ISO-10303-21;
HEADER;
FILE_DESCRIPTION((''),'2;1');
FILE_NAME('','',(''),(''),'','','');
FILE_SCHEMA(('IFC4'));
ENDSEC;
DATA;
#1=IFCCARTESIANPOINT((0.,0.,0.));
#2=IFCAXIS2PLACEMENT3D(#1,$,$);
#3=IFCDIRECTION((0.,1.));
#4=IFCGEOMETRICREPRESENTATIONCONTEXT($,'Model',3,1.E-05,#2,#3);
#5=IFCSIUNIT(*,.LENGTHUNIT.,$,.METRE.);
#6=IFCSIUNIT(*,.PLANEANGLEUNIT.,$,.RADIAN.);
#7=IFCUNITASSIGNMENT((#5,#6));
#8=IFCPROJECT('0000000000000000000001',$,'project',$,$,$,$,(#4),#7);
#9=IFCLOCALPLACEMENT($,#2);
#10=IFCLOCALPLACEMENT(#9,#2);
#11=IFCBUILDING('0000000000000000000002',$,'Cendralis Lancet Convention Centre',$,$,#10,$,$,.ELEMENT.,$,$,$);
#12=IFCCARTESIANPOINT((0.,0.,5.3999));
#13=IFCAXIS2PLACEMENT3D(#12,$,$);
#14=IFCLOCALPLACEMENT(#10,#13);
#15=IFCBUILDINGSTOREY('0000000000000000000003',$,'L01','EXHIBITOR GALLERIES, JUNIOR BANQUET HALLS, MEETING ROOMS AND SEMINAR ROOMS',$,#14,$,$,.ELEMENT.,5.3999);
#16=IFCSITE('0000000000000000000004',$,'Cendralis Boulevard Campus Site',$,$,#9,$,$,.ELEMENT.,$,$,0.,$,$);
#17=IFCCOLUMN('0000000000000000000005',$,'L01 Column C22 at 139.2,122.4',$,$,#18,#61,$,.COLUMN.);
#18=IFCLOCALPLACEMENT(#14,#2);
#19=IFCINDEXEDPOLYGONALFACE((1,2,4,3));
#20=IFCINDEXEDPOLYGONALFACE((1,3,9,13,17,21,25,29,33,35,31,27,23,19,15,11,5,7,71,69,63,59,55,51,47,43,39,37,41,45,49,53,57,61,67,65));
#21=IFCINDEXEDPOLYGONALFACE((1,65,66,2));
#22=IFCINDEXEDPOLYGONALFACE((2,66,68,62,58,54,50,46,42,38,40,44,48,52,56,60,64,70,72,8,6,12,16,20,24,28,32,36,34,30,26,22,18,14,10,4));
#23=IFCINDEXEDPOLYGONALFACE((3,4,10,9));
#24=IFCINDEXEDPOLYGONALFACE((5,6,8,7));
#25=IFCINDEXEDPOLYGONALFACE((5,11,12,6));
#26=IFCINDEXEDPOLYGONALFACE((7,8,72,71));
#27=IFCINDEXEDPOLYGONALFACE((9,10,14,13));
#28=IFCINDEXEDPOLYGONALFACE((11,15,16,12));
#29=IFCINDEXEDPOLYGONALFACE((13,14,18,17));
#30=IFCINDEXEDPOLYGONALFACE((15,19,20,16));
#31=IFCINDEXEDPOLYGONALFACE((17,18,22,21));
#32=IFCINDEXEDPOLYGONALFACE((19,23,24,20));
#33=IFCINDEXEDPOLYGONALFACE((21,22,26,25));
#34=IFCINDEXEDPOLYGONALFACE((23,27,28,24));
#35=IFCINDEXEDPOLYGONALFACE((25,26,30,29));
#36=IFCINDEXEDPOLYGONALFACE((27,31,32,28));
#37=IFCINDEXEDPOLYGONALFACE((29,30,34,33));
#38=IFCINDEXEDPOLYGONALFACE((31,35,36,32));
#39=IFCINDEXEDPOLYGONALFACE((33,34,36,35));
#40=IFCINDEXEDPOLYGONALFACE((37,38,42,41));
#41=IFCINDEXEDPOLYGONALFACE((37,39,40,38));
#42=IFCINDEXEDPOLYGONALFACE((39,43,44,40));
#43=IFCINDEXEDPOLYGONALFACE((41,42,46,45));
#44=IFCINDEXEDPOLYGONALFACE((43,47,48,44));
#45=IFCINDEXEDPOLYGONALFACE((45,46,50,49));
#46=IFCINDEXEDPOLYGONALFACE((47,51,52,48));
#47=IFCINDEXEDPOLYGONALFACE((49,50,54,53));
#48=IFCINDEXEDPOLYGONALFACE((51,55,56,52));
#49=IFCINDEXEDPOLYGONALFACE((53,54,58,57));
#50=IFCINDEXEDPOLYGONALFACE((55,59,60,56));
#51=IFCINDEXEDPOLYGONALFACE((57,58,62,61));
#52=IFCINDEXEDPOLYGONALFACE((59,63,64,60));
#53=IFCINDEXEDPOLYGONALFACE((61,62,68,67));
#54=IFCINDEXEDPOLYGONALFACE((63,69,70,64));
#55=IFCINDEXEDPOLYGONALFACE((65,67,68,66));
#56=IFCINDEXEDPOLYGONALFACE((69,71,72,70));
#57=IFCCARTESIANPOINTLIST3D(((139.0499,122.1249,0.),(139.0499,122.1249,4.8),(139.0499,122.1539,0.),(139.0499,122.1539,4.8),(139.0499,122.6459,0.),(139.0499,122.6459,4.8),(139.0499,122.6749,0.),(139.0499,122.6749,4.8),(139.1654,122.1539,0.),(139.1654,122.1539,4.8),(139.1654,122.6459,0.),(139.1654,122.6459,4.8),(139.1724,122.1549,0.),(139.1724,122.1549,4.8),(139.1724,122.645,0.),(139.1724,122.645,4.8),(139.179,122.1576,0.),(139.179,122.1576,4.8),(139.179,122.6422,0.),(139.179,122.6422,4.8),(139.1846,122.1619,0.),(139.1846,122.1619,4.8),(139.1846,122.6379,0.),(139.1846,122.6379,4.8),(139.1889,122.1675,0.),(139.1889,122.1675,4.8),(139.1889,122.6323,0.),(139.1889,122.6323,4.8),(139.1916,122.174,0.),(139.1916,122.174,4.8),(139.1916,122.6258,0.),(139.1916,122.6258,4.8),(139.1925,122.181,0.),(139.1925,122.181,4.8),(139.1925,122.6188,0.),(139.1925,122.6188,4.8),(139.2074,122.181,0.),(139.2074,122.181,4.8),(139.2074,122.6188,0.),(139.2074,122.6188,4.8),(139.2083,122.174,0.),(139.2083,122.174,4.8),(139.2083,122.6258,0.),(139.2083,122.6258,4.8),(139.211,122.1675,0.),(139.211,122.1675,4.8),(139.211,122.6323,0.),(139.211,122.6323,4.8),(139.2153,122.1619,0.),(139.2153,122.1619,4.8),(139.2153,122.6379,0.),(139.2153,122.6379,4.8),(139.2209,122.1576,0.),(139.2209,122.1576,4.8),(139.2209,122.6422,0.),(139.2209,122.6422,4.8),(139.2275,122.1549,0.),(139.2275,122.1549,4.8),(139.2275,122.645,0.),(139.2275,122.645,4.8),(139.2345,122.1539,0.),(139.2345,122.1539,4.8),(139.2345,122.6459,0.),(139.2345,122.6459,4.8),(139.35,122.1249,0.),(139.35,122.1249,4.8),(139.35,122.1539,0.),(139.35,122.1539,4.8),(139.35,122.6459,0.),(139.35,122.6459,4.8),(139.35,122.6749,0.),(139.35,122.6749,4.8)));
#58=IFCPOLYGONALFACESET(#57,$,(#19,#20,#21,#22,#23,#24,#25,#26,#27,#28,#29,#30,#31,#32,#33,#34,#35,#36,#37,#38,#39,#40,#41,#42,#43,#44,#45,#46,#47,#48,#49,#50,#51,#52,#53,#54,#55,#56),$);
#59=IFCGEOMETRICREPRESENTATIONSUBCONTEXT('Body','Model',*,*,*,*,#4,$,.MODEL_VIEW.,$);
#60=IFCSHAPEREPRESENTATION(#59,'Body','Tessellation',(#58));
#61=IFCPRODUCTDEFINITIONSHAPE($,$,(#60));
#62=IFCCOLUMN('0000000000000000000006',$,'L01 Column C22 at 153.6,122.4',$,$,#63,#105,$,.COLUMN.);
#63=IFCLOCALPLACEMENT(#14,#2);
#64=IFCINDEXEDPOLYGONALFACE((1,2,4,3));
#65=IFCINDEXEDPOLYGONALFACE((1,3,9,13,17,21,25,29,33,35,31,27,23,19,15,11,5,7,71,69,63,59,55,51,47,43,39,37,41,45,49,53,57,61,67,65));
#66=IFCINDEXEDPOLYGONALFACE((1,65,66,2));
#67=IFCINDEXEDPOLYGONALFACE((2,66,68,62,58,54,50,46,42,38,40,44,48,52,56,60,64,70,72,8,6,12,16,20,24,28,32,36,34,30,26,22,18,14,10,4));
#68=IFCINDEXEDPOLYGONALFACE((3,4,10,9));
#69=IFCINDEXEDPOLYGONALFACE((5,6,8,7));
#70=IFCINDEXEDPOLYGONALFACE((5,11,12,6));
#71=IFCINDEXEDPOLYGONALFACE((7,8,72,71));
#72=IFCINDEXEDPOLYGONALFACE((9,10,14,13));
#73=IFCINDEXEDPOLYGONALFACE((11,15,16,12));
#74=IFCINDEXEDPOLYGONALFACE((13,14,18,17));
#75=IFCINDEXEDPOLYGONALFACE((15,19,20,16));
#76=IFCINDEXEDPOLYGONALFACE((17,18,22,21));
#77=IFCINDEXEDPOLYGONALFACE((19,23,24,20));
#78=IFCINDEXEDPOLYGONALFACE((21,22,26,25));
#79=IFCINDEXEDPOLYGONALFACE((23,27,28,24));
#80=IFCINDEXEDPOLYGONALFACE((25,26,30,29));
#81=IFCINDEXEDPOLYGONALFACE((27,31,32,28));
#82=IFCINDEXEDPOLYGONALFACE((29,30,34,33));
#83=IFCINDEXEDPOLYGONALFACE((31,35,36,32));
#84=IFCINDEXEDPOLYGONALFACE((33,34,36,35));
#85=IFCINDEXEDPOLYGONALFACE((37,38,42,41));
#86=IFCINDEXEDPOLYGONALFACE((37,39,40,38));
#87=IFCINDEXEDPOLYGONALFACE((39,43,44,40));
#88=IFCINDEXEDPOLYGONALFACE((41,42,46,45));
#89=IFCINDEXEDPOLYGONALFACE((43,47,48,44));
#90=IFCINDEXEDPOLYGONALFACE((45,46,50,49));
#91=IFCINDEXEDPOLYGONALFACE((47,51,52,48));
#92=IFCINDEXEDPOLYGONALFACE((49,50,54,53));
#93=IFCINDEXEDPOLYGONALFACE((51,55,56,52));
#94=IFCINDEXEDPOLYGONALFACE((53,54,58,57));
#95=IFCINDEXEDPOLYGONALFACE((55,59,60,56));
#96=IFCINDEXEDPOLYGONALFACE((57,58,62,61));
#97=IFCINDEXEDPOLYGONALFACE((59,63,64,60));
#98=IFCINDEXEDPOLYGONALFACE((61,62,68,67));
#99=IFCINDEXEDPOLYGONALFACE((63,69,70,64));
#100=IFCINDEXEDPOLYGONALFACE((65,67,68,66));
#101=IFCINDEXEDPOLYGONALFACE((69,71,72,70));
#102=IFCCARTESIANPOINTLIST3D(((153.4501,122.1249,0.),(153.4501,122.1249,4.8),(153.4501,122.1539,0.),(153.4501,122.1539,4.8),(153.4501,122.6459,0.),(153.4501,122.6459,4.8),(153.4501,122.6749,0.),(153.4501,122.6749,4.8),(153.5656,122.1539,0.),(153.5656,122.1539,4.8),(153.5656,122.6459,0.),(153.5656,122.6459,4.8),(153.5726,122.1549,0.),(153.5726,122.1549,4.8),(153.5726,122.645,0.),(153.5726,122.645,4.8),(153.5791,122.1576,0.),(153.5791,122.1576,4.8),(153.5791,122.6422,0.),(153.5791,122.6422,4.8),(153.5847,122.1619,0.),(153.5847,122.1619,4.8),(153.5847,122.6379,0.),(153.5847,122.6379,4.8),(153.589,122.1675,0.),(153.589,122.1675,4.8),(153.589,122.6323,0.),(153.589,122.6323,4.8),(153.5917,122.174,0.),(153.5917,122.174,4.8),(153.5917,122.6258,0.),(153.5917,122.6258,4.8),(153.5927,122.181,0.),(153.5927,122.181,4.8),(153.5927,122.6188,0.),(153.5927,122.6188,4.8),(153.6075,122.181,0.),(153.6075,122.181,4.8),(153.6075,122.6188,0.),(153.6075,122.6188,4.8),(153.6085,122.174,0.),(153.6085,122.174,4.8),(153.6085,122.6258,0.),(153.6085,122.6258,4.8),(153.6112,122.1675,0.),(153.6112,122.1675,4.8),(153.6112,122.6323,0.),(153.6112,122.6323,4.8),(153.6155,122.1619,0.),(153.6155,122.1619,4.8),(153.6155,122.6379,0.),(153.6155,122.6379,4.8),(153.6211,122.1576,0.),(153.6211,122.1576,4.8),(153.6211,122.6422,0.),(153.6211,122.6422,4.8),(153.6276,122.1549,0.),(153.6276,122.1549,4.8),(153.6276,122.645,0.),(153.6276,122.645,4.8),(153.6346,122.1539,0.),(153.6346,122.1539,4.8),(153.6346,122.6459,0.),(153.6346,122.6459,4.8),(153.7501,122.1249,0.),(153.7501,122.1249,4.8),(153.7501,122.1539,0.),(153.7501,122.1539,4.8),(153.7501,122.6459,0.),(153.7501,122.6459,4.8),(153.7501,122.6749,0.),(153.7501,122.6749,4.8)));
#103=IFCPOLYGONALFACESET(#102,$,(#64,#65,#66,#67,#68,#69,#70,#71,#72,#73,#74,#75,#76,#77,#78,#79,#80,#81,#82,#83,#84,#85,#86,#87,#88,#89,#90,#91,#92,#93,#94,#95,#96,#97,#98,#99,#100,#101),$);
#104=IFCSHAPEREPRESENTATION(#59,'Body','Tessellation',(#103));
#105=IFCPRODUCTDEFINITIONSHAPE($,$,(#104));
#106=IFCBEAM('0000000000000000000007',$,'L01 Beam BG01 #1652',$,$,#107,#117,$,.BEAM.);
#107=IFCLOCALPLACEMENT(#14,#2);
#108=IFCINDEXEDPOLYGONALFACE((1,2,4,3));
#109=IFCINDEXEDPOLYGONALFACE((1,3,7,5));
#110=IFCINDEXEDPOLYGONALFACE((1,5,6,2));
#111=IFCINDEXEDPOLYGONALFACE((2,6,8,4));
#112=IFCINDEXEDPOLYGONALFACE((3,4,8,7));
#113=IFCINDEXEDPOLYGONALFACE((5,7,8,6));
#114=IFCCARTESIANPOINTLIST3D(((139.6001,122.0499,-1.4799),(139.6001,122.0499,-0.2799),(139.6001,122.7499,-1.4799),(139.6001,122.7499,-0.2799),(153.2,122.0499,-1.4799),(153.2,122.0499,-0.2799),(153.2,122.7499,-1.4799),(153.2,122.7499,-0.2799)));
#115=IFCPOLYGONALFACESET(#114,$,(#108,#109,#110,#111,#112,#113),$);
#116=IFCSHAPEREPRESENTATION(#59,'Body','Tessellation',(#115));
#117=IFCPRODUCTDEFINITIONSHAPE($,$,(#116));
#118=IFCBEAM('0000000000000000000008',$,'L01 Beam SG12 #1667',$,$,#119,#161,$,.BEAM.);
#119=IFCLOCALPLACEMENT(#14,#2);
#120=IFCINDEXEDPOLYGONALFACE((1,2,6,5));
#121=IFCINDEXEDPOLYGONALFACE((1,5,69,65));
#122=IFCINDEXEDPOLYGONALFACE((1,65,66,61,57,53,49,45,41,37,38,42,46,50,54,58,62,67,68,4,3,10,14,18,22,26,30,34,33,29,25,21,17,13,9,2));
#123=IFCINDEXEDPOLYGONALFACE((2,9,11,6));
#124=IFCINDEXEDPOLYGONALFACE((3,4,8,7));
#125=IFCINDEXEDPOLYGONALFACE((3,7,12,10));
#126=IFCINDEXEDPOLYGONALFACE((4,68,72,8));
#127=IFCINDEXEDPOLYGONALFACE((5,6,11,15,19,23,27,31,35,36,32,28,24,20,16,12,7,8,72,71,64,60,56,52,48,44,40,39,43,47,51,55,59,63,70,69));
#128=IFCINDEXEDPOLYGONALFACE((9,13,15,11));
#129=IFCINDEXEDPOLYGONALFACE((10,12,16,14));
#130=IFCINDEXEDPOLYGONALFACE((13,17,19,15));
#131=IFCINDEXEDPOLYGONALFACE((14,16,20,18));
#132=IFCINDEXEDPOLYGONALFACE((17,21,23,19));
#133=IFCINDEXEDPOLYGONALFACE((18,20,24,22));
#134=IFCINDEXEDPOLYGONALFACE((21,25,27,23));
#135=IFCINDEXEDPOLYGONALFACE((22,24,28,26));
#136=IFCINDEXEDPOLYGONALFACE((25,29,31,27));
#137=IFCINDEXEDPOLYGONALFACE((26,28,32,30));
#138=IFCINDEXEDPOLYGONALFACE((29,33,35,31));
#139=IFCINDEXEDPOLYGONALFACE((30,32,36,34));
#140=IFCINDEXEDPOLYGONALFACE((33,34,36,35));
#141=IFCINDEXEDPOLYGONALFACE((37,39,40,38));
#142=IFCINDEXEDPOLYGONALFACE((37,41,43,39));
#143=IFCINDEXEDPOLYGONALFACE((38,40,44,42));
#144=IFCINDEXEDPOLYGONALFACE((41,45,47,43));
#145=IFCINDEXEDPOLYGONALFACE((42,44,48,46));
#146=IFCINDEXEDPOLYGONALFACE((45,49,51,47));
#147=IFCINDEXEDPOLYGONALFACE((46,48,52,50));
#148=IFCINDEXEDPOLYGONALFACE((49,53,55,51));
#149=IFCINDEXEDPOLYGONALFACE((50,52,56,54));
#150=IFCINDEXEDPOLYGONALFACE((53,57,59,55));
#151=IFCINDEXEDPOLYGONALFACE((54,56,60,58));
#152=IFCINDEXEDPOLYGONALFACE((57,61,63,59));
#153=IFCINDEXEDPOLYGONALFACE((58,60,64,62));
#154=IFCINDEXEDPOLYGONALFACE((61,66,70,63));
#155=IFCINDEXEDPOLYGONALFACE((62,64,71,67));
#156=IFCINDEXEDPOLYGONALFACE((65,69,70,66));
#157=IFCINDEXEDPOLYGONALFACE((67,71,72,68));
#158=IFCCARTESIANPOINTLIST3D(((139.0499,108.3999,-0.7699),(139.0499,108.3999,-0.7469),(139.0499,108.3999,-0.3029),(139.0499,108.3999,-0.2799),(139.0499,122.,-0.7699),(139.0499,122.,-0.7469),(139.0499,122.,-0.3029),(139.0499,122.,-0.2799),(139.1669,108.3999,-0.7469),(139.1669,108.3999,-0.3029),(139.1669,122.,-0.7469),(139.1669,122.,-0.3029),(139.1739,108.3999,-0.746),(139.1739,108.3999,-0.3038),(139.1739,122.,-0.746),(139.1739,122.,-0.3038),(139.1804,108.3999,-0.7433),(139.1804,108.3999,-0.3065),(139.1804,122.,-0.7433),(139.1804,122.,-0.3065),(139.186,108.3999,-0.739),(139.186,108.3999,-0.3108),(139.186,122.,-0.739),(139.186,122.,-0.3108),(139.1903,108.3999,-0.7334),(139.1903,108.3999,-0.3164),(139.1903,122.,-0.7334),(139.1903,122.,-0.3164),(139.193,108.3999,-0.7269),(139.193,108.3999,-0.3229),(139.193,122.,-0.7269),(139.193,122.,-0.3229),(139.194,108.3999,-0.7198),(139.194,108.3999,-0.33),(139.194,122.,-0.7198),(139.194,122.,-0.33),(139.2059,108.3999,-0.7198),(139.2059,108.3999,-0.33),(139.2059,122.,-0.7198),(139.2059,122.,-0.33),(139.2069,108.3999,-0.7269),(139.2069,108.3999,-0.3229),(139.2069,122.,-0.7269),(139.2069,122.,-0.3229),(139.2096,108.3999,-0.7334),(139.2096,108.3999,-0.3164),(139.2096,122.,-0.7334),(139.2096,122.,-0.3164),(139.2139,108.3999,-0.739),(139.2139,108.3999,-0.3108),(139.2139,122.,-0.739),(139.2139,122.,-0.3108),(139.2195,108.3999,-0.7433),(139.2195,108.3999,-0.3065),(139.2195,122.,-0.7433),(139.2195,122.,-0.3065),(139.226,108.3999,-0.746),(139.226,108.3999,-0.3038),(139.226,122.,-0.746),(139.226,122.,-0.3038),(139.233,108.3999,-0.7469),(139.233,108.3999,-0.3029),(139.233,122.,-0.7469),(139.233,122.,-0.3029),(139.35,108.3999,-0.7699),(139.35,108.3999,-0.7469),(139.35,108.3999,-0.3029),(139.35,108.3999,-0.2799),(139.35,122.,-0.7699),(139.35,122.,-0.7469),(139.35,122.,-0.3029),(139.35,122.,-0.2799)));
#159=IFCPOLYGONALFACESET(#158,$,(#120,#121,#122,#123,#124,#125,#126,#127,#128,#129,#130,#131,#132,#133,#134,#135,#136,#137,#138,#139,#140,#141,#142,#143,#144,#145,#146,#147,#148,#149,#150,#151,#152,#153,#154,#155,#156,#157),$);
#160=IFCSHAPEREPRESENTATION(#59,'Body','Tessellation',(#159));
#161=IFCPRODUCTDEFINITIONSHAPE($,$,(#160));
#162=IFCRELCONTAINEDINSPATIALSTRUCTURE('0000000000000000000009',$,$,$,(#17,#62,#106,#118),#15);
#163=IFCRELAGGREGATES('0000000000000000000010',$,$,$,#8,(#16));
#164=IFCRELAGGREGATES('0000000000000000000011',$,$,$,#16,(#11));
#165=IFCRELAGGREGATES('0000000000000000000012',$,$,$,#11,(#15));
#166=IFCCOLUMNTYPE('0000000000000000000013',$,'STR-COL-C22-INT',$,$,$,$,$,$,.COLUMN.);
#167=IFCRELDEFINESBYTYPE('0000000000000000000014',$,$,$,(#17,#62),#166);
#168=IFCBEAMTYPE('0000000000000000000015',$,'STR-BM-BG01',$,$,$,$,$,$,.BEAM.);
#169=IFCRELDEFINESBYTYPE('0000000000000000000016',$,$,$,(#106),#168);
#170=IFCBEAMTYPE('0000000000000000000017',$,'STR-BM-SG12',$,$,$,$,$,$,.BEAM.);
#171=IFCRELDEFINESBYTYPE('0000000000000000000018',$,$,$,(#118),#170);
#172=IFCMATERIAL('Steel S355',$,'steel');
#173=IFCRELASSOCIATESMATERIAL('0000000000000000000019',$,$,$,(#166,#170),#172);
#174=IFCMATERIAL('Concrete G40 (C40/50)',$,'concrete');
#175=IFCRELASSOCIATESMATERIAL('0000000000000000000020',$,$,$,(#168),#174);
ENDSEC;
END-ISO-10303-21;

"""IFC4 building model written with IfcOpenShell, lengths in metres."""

from ifc_helpers import new_model, si_unit, direction, frame, origin, origin_2d, place, context, subcontext, project, spatial, rectangle, i_section, extrude, material, material_profile, profile_set, type_object, element, save


model = new_model("IFC4")

# Units and contexts
model_context = context("Model", 3, precision=1e-05, world=origin(), true_north=direction((0.0, 1.0)))
body_context = subcontext(model_context, "Body", "Model", "MODEL_VIEW")
ifc_project = project(units=[si_unit("LENGTHUNIT", "METRE"), si_unit("PLANEANGLEUNIT", "RADIAN")], contexts=[model_context])

# Site, building, storey
site_placement = place(None, origin())
site = spatial("IfcSite", under=ifc_project, at=site_placement, Name="Cendralis Boulevard Campus Site", CompositionType="ELEMENT", RefElevation=0.0)
building_placement = place(site_placement, origin())
building = spatial("IfcBuilding", under=site, at=building_placement, Name="Cendralis Lancet Convention Centre", CompositionType="ELEMENT")
storey_placement = place(building_placement, frame((0.0, 0.0, 5.3999)))
storey = spatial("IfcBuildingStorey", under=building, at=storey_placement, Name="L01", Description="EXHIBITOR GALLERIES, JUNIOR BANQUET HALLS, MEETING ROOMS AND SEMINAR ROOMS", CompositionType="ELEMENT", Elevation=5.3999)

# Columns
ifc_material_1 = material(Name="Steel S355", Category="steel")
ifc_material_profile_1 = material_profile(ifc_material_1, i_section(OverallWidth=0.3, OverallDepth=0.55, WebThickness=0.0149, FlangeThickness=0.0291, FilletRadius=0.0271, at=origin_2d()), Name="HEB 550")
ifc_profile_set_1 = profile_set([ifc_material_profile_1], Name="Steel S355")
column_type = type_object("IfcColumnType", Name="STR-COL-C22-INT", PredefinedType="COLUMN", material=ifc_profile_set_1)
for number, where, z_axis, x_axis, name in (
    (1, (139.2, 122.3999, 0.0), (0.0, 0.0, 1.0), (1.0, 0.0, 0.0), "L01 Column C22 at 139.2,122.4"),
    (2, (153.6001, 122.3999, 0.0), (0.0, 0.0, 1.0), (1.0, 0.0, 0.0), "L01 Column C22 at 153.6,122.4"),
):
    element("IfcColumn", number, at=place(storey_placement, frame(where, z_axis=z_axis, x_axis=x_axis)), inside=storey, type_object=column_type, Name=name, PredefinedType="COLUMN", context=body_context, shape_type="SweptSolid", body=[
        extrude(i_section(OverallWidth=0.3, OverallDepth=0.55, WebThickness=0.0149, FlangeThickness=0.0291, FilletRadius=0.0271, at=origin_2d()), origin(), (0.0, 0.0, 1.0), 4.8),
    ])

# Beams
ifc_material_2 = material(Name="Concrete G40 (C40/50)", Category="concrete")
ifc_material_profile_2 = material_profile(ifc_material_2, rectangle(XDim=0.7, YDim=1.2, at=origin_2d()), Name="RCB 700x1200")
ifc_profile_set_2 = profile_set([ifc_material_profile_2], Name="Concrete G40 (C40/50)")
beam_type_1 = type_object("IfcBeamType", Name="STR-BM-BG01", PredefinedType="BEAM", material=ifc_profile_set_2)
beam_1_placement = place(storey_placement, frame((139.6001, 122.3999, -0.8799), z_axis=(1.0, 0.0, 0.0), x_axis=(0.0, 1.0, 0.0)))
element("IfcBeam", 3, at=beam_1_placement, inside=storey, type_object=beam_type_1, Name="L01 Beam BG01 #1652", PredefinedType="BEAM", context=body_context, shape_type="SweptSolid", body=[
    extrude(rectangle(XDim=0.7, YDim=1.2, at=origin_2d()), origin(), (0.0, 0.0, 1.0), 13.5999),
])
ifc_material_profile_3 = material_profile(ifc_material_1, i_section(OverallWidth=0.3, OverallDepth=0.49, WebThickness=0.012, FlangeThickness=0.0229, FilletRadius=0.0271, at=origin_2d()), Name="HEA 500")
ifc_profile_set_3 = profile_set([ifc_material_profile_3], Name="Steel S355")
beam_type_2 = type_object("IfcBeamType", Name="STR-BM-SG12", PredefinedType="BEAM", material=ifc_profile_set_3)
beam_2_placement = place(storey_placement, frame((139.2, 108.3999, -0.5249), z_axis=(0.0, 1.0, 0.0), x_axis=(-1.0, 0.0, 0.0)))
element("IfcBeam", 4, at=beam_2_placement, inside=storey, type_object=beam_type_2, Name="L01 Beam SG12 #1667", PredefinedType="BEAM", context=body_context, shape_type="SweptSolid", body=[
    extrude(i_section(OverallWidth=0.3, OverallDepth=0.49, WebThickness=0.012, FlangeThickness=0.0229, FilletRadius=0.0271, at=origin_2d()), origin(), (0.0, 0.0, 1.0), 13.6001),
])

save(model, "model.ifc")
